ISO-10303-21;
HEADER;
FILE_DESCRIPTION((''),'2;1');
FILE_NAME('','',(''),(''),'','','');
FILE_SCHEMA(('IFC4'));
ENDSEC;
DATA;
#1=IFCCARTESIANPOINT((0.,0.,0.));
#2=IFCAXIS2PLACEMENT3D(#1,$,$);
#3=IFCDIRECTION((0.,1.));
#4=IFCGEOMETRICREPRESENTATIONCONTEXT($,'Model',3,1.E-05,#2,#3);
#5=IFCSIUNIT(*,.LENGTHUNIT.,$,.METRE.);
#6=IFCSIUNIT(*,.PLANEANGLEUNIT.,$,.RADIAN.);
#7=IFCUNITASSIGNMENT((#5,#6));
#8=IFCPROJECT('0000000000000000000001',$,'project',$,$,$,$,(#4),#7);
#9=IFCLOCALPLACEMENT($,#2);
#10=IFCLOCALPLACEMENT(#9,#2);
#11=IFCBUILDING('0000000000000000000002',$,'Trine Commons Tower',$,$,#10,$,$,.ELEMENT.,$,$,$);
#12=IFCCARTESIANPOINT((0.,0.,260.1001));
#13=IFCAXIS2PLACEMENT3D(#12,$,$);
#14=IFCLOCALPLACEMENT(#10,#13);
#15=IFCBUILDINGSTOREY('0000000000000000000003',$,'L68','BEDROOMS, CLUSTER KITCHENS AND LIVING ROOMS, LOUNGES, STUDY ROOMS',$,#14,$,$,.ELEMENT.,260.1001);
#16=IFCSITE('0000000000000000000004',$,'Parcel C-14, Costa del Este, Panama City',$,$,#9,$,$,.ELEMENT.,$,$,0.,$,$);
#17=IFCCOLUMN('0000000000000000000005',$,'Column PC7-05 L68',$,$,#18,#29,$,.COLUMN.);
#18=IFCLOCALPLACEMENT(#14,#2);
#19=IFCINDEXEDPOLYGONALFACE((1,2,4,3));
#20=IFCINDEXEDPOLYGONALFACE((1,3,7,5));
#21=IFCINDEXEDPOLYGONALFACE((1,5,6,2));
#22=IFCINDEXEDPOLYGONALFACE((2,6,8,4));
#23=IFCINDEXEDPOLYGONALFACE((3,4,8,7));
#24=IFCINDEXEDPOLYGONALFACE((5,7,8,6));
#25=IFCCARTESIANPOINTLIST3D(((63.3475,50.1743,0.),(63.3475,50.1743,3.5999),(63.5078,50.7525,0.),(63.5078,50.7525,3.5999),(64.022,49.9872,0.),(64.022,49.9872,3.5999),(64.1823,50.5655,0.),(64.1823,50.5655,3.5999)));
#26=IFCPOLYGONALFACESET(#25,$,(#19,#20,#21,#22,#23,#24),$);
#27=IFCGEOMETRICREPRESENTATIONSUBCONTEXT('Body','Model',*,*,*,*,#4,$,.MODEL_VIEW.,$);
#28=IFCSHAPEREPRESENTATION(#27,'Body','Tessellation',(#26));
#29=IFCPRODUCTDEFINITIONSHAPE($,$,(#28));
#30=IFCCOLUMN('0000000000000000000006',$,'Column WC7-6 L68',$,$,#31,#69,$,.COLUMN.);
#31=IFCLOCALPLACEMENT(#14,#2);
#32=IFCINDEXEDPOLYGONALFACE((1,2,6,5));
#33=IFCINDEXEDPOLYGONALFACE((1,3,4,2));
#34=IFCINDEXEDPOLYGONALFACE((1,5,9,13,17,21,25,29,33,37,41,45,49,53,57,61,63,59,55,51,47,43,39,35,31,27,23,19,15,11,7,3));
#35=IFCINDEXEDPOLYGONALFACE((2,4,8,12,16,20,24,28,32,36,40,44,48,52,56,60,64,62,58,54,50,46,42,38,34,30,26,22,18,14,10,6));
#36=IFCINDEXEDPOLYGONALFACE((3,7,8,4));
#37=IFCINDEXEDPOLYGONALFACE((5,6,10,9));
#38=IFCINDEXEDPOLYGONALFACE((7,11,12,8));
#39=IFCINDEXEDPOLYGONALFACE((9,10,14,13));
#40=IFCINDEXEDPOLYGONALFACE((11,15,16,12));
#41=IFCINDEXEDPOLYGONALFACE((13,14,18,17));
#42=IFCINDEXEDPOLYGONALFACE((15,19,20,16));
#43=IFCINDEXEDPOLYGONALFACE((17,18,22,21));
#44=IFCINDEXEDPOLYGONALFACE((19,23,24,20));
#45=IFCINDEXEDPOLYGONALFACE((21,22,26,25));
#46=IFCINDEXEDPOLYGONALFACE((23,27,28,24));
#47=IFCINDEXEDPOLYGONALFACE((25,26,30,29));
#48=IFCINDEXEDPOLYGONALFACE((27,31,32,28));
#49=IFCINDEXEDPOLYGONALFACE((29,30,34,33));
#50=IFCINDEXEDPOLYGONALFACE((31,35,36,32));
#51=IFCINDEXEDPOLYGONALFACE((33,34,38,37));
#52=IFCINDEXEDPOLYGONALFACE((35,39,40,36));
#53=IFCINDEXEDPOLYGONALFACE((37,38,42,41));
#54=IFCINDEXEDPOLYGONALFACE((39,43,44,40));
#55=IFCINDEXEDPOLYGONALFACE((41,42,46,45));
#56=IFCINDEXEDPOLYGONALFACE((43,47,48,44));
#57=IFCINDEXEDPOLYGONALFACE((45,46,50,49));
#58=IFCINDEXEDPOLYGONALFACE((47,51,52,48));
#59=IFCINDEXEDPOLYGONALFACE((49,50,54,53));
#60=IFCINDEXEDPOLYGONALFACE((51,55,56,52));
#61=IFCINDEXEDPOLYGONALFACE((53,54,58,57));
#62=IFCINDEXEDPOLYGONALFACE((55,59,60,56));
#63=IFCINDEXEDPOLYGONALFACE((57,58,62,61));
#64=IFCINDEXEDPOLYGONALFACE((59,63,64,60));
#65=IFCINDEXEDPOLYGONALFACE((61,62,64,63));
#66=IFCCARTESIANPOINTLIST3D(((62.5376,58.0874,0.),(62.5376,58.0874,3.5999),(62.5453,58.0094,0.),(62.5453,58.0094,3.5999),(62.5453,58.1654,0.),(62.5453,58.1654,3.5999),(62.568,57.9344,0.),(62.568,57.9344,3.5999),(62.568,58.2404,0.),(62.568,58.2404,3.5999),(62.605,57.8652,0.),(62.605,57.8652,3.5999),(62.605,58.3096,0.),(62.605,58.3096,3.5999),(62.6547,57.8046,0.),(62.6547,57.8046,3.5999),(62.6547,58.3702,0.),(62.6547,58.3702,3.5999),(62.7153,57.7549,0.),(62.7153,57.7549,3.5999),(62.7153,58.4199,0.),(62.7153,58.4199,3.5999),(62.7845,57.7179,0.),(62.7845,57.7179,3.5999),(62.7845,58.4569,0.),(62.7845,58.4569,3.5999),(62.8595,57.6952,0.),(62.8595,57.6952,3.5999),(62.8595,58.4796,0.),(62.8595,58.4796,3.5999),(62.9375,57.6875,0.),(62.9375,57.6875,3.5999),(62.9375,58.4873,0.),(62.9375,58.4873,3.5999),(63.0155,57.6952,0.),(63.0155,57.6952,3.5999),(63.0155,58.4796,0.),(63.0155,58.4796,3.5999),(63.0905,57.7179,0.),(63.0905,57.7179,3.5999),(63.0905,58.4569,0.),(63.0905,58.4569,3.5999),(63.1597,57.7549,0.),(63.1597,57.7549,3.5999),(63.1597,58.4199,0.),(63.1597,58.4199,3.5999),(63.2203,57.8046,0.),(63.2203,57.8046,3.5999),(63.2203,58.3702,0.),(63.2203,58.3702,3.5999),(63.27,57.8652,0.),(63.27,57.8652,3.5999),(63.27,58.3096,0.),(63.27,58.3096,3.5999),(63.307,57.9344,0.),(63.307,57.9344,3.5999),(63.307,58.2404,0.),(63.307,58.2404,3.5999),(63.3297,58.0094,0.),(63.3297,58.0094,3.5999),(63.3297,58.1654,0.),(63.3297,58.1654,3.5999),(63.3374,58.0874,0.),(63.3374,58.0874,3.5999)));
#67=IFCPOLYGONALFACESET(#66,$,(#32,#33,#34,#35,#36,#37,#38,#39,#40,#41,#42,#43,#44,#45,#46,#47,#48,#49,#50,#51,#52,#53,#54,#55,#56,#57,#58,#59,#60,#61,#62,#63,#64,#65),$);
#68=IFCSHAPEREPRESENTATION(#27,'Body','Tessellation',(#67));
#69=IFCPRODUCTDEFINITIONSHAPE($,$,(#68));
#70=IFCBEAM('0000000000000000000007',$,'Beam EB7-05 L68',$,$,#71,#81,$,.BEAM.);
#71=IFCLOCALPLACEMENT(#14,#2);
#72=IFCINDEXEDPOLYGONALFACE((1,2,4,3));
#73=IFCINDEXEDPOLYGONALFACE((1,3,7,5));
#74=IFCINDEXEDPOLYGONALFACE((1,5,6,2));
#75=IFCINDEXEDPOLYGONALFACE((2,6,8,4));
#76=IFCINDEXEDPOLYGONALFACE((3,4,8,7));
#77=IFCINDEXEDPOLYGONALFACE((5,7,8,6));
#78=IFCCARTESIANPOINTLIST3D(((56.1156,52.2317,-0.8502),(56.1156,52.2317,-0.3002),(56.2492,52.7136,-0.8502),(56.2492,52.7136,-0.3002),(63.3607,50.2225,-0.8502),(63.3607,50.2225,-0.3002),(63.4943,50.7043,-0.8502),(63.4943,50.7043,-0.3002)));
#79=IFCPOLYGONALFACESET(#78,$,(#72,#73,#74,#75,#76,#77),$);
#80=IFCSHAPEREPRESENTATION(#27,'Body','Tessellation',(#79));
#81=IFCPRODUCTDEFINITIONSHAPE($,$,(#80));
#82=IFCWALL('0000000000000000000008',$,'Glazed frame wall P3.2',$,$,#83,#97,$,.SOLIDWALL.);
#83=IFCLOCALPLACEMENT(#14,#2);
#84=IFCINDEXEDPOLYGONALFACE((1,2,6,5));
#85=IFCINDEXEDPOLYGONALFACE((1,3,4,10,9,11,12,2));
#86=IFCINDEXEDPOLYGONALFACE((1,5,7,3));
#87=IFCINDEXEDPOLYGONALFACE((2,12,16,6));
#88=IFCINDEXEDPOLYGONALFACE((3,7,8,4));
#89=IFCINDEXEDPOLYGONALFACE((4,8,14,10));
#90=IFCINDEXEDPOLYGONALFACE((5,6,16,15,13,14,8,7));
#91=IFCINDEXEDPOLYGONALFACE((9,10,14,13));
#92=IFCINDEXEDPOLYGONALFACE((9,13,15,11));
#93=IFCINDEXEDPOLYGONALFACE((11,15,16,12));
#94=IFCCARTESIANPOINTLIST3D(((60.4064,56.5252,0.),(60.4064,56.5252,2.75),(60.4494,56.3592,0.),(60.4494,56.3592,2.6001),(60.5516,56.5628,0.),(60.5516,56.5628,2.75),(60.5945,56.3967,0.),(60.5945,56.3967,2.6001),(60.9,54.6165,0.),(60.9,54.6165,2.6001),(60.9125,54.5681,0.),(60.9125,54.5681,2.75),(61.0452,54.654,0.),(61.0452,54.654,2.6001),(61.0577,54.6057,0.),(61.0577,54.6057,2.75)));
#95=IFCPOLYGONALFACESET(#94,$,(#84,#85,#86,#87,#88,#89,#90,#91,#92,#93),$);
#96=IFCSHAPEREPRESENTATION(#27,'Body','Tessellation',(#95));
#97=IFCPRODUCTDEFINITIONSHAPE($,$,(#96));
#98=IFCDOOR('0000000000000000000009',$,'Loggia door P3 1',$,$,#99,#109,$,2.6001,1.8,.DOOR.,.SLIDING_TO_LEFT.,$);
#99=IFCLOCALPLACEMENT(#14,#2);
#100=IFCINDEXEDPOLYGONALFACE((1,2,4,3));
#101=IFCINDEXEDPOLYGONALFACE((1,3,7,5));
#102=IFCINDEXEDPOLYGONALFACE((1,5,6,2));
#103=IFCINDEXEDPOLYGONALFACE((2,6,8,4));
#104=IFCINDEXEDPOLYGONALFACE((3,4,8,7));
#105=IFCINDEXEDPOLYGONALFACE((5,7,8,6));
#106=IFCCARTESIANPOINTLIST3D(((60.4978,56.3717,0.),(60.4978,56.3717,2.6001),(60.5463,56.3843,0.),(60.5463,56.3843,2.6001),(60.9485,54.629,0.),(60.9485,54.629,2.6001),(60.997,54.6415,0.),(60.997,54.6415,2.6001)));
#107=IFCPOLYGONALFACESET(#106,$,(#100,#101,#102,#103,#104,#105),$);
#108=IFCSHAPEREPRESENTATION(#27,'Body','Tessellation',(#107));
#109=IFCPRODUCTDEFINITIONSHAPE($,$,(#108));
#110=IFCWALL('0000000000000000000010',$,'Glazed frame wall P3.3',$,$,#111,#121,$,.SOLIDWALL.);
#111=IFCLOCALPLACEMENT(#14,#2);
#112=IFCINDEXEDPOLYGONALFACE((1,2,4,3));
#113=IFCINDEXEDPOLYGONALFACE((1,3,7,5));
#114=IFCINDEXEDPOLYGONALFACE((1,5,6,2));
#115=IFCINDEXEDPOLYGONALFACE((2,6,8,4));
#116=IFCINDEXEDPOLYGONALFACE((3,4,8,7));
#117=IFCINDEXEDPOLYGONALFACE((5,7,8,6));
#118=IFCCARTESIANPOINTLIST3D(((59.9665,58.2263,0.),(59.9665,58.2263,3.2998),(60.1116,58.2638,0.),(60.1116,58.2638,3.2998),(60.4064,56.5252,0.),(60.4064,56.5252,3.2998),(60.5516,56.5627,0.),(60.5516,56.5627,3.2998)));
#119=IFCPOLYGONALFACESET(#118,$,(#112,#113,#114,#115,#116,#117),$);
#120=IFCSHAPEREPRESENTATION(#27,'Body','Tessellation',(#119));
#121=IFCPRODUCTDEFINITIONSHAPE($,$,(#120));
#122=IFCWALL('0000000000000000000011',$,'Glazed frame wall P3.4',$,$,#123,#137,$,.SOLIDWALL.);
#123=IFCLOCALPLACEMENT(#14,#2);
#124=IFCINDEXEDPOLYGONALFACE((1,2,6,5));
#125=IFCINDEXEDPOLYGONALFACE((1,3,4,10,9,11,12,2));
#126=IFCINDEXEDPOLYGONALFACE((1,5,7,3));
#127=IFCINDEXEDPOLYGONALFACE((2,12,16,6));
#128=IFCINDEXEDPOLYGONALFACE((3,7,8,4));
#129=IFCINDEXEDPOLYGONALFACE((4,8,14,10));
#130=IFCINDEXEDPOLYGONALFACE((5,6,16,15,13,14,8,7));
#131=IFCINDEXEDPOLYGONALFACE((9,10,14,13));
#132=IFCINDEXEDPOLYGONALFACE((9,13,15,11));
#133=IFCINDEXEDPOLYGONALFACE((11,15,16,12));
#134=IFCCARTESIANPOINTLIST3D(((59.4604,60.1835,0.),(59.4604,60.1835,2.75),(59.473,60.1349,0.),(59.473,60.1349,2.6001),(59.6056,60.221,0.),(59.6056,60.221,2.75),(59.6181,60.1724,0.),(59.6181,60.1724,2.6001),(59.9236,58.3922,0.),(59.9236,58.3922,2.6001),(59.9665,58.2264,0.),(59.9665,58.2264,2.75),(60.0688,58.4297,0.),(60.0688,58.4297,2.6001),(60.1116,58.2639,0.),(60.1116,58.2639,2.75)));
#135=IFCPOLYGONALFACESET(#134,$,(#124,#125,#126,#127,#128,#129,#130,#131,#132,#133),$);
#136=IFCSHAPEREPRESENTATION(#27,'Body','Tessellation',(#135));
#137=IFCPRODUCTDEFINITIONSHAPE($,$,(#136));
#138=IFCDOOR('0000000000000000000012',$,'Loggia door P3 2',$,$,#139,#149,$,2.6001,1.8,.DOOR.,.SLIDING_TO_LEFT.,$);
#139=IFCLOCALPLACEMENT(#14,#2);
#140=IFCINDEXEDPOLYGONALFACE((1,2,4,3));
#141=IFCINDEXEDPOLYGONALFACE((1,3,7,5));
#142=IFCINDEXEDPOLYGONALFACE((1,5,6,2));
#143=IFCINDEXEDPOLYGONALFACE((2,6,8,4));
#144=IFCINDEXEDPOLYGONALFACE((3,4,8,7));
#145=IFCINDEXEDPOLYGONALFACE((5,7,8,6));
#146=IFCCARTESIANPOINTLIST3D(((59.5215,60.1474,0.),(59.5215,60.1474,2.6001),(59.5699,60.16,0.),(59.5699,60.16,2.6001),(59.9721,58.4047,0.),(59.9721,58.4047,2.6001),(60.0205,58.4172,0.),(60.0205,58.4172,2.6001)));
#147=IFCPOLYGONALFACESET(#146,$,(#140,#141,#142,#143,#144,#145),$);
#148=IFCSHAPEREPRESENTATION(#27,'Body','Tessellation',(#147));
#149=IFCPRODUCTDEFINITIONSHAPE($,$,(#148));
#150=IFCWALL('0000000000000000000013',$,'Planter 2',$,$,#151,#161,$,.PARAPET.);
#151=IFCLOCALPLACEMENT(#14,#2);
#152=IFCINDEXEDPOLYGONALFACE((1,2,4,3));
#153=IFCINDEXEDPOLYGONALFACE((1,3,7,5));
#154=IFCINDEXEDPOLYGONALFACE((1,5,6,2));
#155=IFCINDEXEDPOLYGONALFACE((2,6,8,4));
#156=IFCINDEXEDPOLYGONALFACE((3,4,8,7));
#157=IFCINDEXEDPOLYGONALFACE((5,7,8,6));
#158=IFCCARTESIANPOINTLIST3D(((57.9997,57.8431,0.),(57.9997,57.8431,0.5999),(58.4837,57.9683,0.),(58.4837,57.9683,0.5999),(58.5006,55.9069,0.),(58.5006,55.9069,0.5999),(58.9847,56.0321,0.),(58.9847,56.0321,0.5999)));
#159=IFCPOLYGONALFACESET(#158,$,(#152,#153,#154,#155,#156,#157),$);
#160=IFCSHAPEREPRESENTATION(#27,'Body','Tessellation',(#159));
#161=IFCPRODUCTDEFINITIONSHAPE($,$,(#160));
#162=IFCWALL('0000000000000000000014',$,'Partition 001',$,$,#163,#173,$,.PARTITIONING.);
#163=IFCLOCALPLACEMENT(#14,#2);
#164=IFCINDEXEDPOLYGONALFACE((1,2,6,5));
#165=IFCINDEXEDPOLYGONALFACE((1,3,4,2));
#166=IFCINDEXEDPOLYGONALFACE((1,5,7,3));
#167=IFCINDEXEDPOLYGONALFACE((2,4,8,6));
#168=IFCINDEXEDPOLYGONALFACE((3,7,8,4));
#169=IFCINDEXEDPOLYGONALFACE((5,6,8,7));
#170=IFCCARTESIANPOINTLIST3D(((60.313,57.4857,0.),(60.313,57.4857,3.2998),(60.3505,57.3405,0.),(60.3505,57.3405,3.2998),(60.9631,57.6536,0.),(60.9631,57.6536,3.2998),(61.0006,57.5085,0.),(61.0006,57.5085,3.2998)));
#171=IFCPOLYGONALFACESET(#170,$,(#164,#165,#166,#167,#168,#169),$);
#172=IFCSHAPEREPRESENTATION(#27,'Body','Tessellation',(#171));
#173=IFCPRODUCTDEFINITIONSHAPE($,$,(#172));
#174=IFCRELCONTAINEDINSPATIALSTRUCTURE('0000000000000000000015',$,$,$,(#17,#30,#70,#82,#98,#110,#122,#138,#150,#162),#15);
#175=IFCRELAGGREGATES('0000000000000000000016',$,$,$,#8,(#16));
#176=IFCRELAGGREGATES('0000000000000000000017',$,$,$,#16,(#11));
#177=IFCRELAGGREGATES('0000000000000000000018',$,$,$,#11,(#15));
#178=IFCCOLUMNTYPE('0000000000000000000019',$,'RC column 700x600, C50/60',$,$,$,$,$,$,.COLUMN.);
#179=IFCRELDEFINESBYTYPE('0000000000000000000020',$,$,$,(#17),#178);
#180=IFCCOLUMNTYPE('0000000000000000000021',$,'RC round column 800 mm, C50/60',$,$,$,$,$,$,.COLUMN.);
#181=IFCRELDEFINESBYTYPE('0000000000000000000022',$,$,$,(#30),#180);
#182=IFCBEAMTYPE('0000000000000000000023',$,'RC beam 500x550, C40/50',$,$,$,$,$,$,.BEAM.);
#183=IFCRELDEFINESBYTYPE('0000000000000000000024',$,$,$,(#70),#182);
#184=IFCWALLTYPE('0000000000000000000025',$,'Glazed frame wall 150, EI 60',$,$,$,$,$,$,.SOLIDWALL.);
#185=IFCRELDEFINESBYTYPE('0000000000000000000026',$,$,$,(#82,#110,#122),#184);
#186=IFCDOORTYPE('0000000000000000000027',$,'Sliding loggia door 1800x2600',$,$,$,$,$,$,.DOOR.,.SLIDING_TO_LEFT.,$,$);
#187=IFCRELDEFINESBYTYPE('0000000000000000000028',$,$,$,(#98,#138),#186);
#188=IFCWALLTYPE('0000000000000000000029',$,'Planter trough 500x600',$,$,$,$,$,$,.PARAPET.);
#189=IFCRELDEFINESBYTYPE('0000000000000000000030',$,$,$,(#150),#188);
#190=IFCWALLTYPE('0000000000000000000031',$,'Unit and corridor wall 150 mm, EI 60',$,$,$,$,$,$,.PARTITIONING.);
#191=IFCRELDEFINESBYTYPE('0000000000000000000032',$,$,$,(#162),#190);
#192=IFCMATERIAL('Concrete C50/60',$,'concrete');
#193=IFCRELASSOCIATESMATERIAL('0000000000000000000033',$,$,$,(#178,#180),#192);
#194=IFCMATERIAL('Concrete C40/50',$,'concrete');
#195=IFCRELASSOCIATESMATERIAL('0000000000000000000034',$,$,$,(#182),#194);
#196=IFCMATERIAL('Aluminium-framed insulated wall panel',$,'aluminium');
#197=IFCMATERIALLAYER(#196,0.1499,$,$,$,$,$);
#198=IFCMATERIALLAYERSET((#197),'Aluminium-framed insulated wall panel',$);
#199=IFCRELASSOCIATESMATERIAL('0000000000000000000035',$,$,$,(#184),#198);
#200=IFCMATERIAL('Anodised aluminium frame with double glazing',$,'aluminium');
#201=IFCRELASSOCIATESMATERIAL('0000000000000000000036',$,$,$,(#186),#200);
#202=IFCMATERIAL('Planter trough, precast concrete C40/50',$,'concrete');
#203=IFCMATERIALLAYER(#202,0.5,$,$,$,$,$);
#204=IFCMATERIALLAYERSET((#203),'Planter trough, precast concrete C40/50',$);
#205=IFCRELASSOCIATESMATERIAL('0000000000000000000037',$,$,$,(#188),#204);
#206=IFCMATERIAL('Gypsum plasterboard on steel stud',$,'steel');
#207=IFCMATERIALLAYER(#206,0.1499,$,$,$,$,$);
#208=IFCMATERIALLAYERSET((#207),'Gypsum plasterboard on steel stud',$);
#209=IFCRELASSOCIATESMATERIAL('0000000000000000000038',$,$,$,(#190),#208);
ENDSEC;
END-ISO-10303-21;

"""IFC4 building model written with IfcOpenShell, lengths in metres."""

from ifc_helpers import new_model, si_unit, direction, frame, frame_2d, origin, origin_2d, place, context, subcontext, project, spatial, polyline, rectangle, circle, outline, extrude, material, layer, layer_set, material_profile, profile_set, type_object, element, fill, save


model = new_model("IFC4")

# Units and contexts
model_context = context("Model", 3, precision=1e-05, world=origin(), true_north=direction((0.0, 1.0)))
body_context = subcontext(model_context, "Body", "Model", "MODEL_VIEW")
ifc_project = project(units=[si_unit("LENGTHUNIT", "METRE"), si_unit("PLANEANGLEUNIT", "RADIAN")], contexts=[model_context])

# Site, building, storey
site_placement = place(None, origin())
site = spatial("IfcSite", under=ifc_project, at=site_placement, Name="Parcel C-14, Costa del Este, Panama City", CompositionType="ELEMENT", RefElevation=0.0)
building_placement = place(site_placement, origin())
building = spatial("IfcBuilding", under=site, at=building_placement, Name="Trine Commons Tower", CompositionType="ELEMENT")
storey_placement = place(building_placement, frame((0.0, 0.0, 260.1001)))
storey = spatial("IfcBuildingStorey", under=building, at=storey_placement, Name="L68", Description="BEDROOMS, CLUSTER KITCHENS AND LIVING ROOMS, LOUNGES, STUDY ROOMS", CompositionType="ELEMENT", Elevation=260.1001)

# Columns
ifc_material_1 = material(Name="Concrete C50/60", Category="concrete")
ifc_material_profile_1 = material_profile(ifc_material_1, rectangle(XDim=0.7, YDim=0.6001, at=origin_2d()), Name="RC 700x600")
ifc_profile_set_1 = profile_set([ifc_material_profile_1], Name="Concrete C50/60")
column_type_1 = type_object("IfcColumnType", Name="RC column 700x600, C50/60", PredefinedType="COLUMN", material=ifc_profile_set_1)
column_1_placement = place(storey_placement, frame((63.7649, 50.3699, 0.0), z_axis=(0.0, 0.0, 1.0), x_axis=(-0.96363, 0.267238, 0.0)))
element("IfcColumn", 1, at=column_1_placement, inside=storey, type_object=column_type_1, Name="Column PC7-05 L68", PredefinedType="COLUMN", context=body_context, shape_type="SweptSolid", body=[
    extrude(rectangle(XDim=0.7, YDim=0.6001, at=origin_2d()), origin(), (0.0, 0.0, 1.0), 3.5999),
])
ifc_material_profile_2 = material_profile(ifc_material_1, circle(Radius=0.3999, at=origin_2d()), Name="RC round 800")
ifc_profile_set_2 = profile_set([ifc_material_profile_2], Name="Concrete C50/60")
column_type_2 = type_object("IfcColumnType", Name="RC round column 800 mm, C50/60", PredefinedType="COLUMN", material=ifc_profile_set_2)
column_2_placement = place(storey_placement, frame((62.9375, 58.0874, 0.0), z_axis=(0.0, 0.0, 1.0), x_axis=(1.0, 0.0, 0.0)))
element("IfcColumn", 2, at=column_2_placement, inside=storey, type_object=column_type_2, Name="Column WC7-6 L68", PredefinedType="COLUMN", context=body_context, shape_type="SweptSolid", body=[
    extrude(circle(Radius=0.3999, at=origin_2d()), origin(), (0.0, 0.0, 1.0), 3.5999),
])

# Beam
ifc_material_2 = material(Name="Concrete C40/50", Category="concrete")
ifc_material_profile_3 = material_profile(ifc_material_2, rectangle(XDim=0.5, YDim=0.55, at=origin_2d()), Name="RC 500x550")
ifc_profile_set_3 = profile_set([ifc_material_profile_3], Name="Concrete C40/50")
beam_type = type_object("IfcBeamType", Name="RC beam 500x550, C40/50", PredefinedType="BEAM", material=ifc_profile_set_3)
beam_placement = place(storey_placement, frame((63.4275, 50.4634, -0.5752), z_axis=(-0.963629, 0.267242, 0.0), x_axis=(-0.267242, -0.963629, 0.0)))
element("IfcBeam", 3, at=beam_placement, inside=storey, type_object=beam_type, Name="Beam EB7-05 L68", PredefinedType="BEAM", context=body_context, shape_type="SweptSolid", body=[
    extrude(rectangle(XDim=0.5, YDim=0.55, at=origin_2d()), origin(), (0.0, 0.0, 1.0), 7.5186),
])

# Shared definitions
ifc_material_3 = material(Name="Aluminium-framed insulated wall panel", Category="aluminium")
ifc_layer_1 = layer(ifc_material_3, 0.1499)
ifc_layer_set_1 = layer_set([ifc_layer_1], Name="Aluminium-framed insulated wall panel")
wall_type_1 = type_object("IfcWallType", Name="Glazed frame wall 150, EI 60", PredefinedType="SOLIDWALL", material=ifc_layer_set_1)

# Wall, opening, door
wall_1_placement = place(storey_placement, frame((60.9851, 54.5869, 0.0), z_axis=(0.0, 0.0, 1.0), x_axis=(-0.250371, 0.96815, 0.0)))
wall_1 = element("IfcWall", 4, at=wall_1_placement, inside=storey, type_object=wall_type_1, Name="Glazed frame wall P3.2", PredefinedType="SOLIDWALL", context=body_context, shape_type="SweptSolid", body=[
    extrude(outline(polyline([(0.0, -0.075), (2.0215, -0.075), (2.0215, 0.075), (0.0, 0.075), (0.0, -0.075)])), origin(), (0.0, 0.0, 1.0), 2.75),
])
opening_1_placement = place(wall_1_placement, frame((0.05, 0.0, 0.0)))
opening_1 = element("IfcOpeningElement", 5, at=opening_1_placement, cuts=wall_1, PredefinedType="OPENING", context=body_context, shape_type="SweptSolid", body=[
    extrude(rectangle(XDim=1.8, YDim=2.6001, at=frame_2d((0.8999, 1.3))), frame((0.0, 0.085, 0.0), z_axis=(0.0, -1.0, 0.0), x_axis=(1.0, 0.0, 0.0)), (0.0, 0.0, 1.0), 0.1699),
])
ifc_material_4 = material(Name="Anodised aluminium frame with double glazing", Category="aluminium")
door_type_1 = type_object("IfcDoorType", Name="Sliding loggia door 1800x2600", OperationType="SLIDING_TO_LEFT", PredefinedType="DOOR", material=ifc_material_4)
door_1_placement = place(opening_1_placement, origin())
door_1 = element("IfcDoor", 6, at=door_1_placement, inside=storey, type_object=door_type_1, Name="Loggia door P3 1", OperationType="SLIDING_TO_LEFT", OverallHeight=2.6001, OverallWidth=1.8, PredefinedType="DOOR", context=body_context, shape_type="SweptSolid", body=[
    extrude(rectangle(XDim=1.8, YDim=2.6001, at=frame_2d((0.8999, 1.3))), frame((0.0, 0.0249, 0.0), z_axis=(0.0, -1.0, 0.0), x_axis=(1.0, 0.0, 0.0)), (0.0, 0.0, 1.0), 0.05),
])
fill(opening_1, door_1)

# Wall
wall_2_placement = place(storey_placement, frame((60.479, 56.5439, 0.0), z_axis=(0.0, 0.0, 1.0), x_axis=(-0.250374, 0.968149, 0.0)))
element("IfcWall", 7, at=wall_2_placement, inside=storey, type_object=wall_type_1, Name="Glazed frame wall P3.3", PredefinedType="SOLIDWALL", context=body_context, shape_type="SweptSolid", body=[
    extrude(outline(polyline([(0.0, -0.075), (1.7571, -0.075), (1.7571, 0.075), (0.0, 0.075), (0.0, -0.075)])), origin(), (0.0, 0.0, 1.0), 3.2998),
])

# Wall, opening, door
wall_3_placement = place(storey_placement, frame((60.0391, 58.2451, 0.0), z_axis=(0.0, 0.0, 1.0), x_axis=(-0.250342, 0.968158, 0.0)))
wall_3 = element("IfcWall", 8, at=wall_3_placement, inside=storey, type_object=wall_type_1, Name="Glazed frame wall P3.4", PredefinedType="SOLIDWALL", context=body_context, shape_type="SweptSolid", body=[
    extrude(outline(polyline([(0.0, -0.075), (2.0215, -0.075), (2.0215, 0.075), (0.0, 0.075), (0.0, -0.075)])), origin(), (0.0, 0.0, 1.0), 2.75),
])
opening_2_placement = place(wall_3_placement, frame((0.1714, 0.0, 0.0)))
opening_2 = element("IfcOpeningElement", 9, at=opening_2_placement, cuts=wall_3, PredefinedType="OPENING", context=body_context, shape_type="SweptSolid", body=[
    extrude(rectangle(XDim=1.8, YDim=2.6001, at=frame_2d((0.8999, 1.3))), frame((0.0, 0.085, 0.0), z_axis=(0.0, -1.0, 0.0), x_axis=(1.0, 0.0, 0.0)), (0.0, 0.0, 1.0), 0.1699),
])
door_2_placement = place(opening_2_placement, origin())
door_2 = element("IfcDoor", 10, at=door_2_placement, inside=storey, type_object=door_type_1, Name="Loggia door P3 2", OperationType="SLIDING_TO_LEFT", OverallHeight=2.6001, OverallWidth=1.8, PredefinedType="DOOR", context=body_context, shape_type="SweptSolid", body=[
    extrude(rectangle(XDim=1.8, YDim=2.6001, at=frame_2d((0.8999, 1.3))), frame((0.0, 0.0249, 0.0), z_axis=(0.0, -1.0, 0.0), x_axis=(1.0, 0.0, 0.0)), (0.0, 0.0, 1.0), 0.05),
])
fill(opening_2, door_2)

# Walls
ifc_material_5 = material(Name="Planter trough, precast concrete C40/50", Category="concrete")
ifc_layer_2 = layer(ifc_material_5, 0.5)
ifc_layer_set_2 = layer_set([ifc_layer_2], Name="Planter trough, precast concrete C40/50")
wall_type_2 = type_object("IfcWallType", Name="Planter trough 500x600", PredefinedType="PARAPET", material=ifc_layer_set_2)
wall_4_placement = place(storey_placement, frame((58.7427, 55.9695, 0.0), z_axis=(0.0, 0.0, 1.0), x_axis=(-0.250483, 0.968121, 0.0)))
element("IfcWall", 11, at=wall_4_placement, inside=storey, type_object=wall_type_2, Name="Planter 2", PredefinedType="PARAPET", context=body_context, shape_type="SweptSolid", body=[
    extrude(rectangle(XDim=2.0, YDim=0.5, at=frame_2d((1.0, 0.0))), origin(), (0.0, 0.0, 1.0), 0.5999),
])
ifc_material_6 = material(Name="Gypsum plasterboard on steel stud", Category="steel")
ifc_layer_3 = layer(ifc_material_6, 0.1499)
ifc_layer_set_3 = layer_set([ifc_layer_3], Name="Gypsum plasterboard on steel stud")
wall_type_3 = type_object("IfcWallType", Name="Unit and corridor wall 150 mm, EI 60", PredefinedType="PARTITIONING", material=ifc_layer_set_3)
wall_5_placement = place(storey_placement, frame((60.3318, 57.4131, 0.0), z_axis=(0.0, 0.0, 1.0), x_axis=(0.968209, 0.250142, 0.0)))
element("IfcWall", 12, at=wall_5_placement, inside=storey, type_object=wall_type_3, Name="Partition 001", PredefinedType="PARTITIONING", context=body_context, shape_type="SweptSolid", body=[
    extrude(rectangle(XDim=0.6714, YDim=0.1499, at=frame_2d((0.3357, 0.0))), origin(), (0.0, 0.0, 1.0), 3.2998),
])

save(model, "model.ifc")
